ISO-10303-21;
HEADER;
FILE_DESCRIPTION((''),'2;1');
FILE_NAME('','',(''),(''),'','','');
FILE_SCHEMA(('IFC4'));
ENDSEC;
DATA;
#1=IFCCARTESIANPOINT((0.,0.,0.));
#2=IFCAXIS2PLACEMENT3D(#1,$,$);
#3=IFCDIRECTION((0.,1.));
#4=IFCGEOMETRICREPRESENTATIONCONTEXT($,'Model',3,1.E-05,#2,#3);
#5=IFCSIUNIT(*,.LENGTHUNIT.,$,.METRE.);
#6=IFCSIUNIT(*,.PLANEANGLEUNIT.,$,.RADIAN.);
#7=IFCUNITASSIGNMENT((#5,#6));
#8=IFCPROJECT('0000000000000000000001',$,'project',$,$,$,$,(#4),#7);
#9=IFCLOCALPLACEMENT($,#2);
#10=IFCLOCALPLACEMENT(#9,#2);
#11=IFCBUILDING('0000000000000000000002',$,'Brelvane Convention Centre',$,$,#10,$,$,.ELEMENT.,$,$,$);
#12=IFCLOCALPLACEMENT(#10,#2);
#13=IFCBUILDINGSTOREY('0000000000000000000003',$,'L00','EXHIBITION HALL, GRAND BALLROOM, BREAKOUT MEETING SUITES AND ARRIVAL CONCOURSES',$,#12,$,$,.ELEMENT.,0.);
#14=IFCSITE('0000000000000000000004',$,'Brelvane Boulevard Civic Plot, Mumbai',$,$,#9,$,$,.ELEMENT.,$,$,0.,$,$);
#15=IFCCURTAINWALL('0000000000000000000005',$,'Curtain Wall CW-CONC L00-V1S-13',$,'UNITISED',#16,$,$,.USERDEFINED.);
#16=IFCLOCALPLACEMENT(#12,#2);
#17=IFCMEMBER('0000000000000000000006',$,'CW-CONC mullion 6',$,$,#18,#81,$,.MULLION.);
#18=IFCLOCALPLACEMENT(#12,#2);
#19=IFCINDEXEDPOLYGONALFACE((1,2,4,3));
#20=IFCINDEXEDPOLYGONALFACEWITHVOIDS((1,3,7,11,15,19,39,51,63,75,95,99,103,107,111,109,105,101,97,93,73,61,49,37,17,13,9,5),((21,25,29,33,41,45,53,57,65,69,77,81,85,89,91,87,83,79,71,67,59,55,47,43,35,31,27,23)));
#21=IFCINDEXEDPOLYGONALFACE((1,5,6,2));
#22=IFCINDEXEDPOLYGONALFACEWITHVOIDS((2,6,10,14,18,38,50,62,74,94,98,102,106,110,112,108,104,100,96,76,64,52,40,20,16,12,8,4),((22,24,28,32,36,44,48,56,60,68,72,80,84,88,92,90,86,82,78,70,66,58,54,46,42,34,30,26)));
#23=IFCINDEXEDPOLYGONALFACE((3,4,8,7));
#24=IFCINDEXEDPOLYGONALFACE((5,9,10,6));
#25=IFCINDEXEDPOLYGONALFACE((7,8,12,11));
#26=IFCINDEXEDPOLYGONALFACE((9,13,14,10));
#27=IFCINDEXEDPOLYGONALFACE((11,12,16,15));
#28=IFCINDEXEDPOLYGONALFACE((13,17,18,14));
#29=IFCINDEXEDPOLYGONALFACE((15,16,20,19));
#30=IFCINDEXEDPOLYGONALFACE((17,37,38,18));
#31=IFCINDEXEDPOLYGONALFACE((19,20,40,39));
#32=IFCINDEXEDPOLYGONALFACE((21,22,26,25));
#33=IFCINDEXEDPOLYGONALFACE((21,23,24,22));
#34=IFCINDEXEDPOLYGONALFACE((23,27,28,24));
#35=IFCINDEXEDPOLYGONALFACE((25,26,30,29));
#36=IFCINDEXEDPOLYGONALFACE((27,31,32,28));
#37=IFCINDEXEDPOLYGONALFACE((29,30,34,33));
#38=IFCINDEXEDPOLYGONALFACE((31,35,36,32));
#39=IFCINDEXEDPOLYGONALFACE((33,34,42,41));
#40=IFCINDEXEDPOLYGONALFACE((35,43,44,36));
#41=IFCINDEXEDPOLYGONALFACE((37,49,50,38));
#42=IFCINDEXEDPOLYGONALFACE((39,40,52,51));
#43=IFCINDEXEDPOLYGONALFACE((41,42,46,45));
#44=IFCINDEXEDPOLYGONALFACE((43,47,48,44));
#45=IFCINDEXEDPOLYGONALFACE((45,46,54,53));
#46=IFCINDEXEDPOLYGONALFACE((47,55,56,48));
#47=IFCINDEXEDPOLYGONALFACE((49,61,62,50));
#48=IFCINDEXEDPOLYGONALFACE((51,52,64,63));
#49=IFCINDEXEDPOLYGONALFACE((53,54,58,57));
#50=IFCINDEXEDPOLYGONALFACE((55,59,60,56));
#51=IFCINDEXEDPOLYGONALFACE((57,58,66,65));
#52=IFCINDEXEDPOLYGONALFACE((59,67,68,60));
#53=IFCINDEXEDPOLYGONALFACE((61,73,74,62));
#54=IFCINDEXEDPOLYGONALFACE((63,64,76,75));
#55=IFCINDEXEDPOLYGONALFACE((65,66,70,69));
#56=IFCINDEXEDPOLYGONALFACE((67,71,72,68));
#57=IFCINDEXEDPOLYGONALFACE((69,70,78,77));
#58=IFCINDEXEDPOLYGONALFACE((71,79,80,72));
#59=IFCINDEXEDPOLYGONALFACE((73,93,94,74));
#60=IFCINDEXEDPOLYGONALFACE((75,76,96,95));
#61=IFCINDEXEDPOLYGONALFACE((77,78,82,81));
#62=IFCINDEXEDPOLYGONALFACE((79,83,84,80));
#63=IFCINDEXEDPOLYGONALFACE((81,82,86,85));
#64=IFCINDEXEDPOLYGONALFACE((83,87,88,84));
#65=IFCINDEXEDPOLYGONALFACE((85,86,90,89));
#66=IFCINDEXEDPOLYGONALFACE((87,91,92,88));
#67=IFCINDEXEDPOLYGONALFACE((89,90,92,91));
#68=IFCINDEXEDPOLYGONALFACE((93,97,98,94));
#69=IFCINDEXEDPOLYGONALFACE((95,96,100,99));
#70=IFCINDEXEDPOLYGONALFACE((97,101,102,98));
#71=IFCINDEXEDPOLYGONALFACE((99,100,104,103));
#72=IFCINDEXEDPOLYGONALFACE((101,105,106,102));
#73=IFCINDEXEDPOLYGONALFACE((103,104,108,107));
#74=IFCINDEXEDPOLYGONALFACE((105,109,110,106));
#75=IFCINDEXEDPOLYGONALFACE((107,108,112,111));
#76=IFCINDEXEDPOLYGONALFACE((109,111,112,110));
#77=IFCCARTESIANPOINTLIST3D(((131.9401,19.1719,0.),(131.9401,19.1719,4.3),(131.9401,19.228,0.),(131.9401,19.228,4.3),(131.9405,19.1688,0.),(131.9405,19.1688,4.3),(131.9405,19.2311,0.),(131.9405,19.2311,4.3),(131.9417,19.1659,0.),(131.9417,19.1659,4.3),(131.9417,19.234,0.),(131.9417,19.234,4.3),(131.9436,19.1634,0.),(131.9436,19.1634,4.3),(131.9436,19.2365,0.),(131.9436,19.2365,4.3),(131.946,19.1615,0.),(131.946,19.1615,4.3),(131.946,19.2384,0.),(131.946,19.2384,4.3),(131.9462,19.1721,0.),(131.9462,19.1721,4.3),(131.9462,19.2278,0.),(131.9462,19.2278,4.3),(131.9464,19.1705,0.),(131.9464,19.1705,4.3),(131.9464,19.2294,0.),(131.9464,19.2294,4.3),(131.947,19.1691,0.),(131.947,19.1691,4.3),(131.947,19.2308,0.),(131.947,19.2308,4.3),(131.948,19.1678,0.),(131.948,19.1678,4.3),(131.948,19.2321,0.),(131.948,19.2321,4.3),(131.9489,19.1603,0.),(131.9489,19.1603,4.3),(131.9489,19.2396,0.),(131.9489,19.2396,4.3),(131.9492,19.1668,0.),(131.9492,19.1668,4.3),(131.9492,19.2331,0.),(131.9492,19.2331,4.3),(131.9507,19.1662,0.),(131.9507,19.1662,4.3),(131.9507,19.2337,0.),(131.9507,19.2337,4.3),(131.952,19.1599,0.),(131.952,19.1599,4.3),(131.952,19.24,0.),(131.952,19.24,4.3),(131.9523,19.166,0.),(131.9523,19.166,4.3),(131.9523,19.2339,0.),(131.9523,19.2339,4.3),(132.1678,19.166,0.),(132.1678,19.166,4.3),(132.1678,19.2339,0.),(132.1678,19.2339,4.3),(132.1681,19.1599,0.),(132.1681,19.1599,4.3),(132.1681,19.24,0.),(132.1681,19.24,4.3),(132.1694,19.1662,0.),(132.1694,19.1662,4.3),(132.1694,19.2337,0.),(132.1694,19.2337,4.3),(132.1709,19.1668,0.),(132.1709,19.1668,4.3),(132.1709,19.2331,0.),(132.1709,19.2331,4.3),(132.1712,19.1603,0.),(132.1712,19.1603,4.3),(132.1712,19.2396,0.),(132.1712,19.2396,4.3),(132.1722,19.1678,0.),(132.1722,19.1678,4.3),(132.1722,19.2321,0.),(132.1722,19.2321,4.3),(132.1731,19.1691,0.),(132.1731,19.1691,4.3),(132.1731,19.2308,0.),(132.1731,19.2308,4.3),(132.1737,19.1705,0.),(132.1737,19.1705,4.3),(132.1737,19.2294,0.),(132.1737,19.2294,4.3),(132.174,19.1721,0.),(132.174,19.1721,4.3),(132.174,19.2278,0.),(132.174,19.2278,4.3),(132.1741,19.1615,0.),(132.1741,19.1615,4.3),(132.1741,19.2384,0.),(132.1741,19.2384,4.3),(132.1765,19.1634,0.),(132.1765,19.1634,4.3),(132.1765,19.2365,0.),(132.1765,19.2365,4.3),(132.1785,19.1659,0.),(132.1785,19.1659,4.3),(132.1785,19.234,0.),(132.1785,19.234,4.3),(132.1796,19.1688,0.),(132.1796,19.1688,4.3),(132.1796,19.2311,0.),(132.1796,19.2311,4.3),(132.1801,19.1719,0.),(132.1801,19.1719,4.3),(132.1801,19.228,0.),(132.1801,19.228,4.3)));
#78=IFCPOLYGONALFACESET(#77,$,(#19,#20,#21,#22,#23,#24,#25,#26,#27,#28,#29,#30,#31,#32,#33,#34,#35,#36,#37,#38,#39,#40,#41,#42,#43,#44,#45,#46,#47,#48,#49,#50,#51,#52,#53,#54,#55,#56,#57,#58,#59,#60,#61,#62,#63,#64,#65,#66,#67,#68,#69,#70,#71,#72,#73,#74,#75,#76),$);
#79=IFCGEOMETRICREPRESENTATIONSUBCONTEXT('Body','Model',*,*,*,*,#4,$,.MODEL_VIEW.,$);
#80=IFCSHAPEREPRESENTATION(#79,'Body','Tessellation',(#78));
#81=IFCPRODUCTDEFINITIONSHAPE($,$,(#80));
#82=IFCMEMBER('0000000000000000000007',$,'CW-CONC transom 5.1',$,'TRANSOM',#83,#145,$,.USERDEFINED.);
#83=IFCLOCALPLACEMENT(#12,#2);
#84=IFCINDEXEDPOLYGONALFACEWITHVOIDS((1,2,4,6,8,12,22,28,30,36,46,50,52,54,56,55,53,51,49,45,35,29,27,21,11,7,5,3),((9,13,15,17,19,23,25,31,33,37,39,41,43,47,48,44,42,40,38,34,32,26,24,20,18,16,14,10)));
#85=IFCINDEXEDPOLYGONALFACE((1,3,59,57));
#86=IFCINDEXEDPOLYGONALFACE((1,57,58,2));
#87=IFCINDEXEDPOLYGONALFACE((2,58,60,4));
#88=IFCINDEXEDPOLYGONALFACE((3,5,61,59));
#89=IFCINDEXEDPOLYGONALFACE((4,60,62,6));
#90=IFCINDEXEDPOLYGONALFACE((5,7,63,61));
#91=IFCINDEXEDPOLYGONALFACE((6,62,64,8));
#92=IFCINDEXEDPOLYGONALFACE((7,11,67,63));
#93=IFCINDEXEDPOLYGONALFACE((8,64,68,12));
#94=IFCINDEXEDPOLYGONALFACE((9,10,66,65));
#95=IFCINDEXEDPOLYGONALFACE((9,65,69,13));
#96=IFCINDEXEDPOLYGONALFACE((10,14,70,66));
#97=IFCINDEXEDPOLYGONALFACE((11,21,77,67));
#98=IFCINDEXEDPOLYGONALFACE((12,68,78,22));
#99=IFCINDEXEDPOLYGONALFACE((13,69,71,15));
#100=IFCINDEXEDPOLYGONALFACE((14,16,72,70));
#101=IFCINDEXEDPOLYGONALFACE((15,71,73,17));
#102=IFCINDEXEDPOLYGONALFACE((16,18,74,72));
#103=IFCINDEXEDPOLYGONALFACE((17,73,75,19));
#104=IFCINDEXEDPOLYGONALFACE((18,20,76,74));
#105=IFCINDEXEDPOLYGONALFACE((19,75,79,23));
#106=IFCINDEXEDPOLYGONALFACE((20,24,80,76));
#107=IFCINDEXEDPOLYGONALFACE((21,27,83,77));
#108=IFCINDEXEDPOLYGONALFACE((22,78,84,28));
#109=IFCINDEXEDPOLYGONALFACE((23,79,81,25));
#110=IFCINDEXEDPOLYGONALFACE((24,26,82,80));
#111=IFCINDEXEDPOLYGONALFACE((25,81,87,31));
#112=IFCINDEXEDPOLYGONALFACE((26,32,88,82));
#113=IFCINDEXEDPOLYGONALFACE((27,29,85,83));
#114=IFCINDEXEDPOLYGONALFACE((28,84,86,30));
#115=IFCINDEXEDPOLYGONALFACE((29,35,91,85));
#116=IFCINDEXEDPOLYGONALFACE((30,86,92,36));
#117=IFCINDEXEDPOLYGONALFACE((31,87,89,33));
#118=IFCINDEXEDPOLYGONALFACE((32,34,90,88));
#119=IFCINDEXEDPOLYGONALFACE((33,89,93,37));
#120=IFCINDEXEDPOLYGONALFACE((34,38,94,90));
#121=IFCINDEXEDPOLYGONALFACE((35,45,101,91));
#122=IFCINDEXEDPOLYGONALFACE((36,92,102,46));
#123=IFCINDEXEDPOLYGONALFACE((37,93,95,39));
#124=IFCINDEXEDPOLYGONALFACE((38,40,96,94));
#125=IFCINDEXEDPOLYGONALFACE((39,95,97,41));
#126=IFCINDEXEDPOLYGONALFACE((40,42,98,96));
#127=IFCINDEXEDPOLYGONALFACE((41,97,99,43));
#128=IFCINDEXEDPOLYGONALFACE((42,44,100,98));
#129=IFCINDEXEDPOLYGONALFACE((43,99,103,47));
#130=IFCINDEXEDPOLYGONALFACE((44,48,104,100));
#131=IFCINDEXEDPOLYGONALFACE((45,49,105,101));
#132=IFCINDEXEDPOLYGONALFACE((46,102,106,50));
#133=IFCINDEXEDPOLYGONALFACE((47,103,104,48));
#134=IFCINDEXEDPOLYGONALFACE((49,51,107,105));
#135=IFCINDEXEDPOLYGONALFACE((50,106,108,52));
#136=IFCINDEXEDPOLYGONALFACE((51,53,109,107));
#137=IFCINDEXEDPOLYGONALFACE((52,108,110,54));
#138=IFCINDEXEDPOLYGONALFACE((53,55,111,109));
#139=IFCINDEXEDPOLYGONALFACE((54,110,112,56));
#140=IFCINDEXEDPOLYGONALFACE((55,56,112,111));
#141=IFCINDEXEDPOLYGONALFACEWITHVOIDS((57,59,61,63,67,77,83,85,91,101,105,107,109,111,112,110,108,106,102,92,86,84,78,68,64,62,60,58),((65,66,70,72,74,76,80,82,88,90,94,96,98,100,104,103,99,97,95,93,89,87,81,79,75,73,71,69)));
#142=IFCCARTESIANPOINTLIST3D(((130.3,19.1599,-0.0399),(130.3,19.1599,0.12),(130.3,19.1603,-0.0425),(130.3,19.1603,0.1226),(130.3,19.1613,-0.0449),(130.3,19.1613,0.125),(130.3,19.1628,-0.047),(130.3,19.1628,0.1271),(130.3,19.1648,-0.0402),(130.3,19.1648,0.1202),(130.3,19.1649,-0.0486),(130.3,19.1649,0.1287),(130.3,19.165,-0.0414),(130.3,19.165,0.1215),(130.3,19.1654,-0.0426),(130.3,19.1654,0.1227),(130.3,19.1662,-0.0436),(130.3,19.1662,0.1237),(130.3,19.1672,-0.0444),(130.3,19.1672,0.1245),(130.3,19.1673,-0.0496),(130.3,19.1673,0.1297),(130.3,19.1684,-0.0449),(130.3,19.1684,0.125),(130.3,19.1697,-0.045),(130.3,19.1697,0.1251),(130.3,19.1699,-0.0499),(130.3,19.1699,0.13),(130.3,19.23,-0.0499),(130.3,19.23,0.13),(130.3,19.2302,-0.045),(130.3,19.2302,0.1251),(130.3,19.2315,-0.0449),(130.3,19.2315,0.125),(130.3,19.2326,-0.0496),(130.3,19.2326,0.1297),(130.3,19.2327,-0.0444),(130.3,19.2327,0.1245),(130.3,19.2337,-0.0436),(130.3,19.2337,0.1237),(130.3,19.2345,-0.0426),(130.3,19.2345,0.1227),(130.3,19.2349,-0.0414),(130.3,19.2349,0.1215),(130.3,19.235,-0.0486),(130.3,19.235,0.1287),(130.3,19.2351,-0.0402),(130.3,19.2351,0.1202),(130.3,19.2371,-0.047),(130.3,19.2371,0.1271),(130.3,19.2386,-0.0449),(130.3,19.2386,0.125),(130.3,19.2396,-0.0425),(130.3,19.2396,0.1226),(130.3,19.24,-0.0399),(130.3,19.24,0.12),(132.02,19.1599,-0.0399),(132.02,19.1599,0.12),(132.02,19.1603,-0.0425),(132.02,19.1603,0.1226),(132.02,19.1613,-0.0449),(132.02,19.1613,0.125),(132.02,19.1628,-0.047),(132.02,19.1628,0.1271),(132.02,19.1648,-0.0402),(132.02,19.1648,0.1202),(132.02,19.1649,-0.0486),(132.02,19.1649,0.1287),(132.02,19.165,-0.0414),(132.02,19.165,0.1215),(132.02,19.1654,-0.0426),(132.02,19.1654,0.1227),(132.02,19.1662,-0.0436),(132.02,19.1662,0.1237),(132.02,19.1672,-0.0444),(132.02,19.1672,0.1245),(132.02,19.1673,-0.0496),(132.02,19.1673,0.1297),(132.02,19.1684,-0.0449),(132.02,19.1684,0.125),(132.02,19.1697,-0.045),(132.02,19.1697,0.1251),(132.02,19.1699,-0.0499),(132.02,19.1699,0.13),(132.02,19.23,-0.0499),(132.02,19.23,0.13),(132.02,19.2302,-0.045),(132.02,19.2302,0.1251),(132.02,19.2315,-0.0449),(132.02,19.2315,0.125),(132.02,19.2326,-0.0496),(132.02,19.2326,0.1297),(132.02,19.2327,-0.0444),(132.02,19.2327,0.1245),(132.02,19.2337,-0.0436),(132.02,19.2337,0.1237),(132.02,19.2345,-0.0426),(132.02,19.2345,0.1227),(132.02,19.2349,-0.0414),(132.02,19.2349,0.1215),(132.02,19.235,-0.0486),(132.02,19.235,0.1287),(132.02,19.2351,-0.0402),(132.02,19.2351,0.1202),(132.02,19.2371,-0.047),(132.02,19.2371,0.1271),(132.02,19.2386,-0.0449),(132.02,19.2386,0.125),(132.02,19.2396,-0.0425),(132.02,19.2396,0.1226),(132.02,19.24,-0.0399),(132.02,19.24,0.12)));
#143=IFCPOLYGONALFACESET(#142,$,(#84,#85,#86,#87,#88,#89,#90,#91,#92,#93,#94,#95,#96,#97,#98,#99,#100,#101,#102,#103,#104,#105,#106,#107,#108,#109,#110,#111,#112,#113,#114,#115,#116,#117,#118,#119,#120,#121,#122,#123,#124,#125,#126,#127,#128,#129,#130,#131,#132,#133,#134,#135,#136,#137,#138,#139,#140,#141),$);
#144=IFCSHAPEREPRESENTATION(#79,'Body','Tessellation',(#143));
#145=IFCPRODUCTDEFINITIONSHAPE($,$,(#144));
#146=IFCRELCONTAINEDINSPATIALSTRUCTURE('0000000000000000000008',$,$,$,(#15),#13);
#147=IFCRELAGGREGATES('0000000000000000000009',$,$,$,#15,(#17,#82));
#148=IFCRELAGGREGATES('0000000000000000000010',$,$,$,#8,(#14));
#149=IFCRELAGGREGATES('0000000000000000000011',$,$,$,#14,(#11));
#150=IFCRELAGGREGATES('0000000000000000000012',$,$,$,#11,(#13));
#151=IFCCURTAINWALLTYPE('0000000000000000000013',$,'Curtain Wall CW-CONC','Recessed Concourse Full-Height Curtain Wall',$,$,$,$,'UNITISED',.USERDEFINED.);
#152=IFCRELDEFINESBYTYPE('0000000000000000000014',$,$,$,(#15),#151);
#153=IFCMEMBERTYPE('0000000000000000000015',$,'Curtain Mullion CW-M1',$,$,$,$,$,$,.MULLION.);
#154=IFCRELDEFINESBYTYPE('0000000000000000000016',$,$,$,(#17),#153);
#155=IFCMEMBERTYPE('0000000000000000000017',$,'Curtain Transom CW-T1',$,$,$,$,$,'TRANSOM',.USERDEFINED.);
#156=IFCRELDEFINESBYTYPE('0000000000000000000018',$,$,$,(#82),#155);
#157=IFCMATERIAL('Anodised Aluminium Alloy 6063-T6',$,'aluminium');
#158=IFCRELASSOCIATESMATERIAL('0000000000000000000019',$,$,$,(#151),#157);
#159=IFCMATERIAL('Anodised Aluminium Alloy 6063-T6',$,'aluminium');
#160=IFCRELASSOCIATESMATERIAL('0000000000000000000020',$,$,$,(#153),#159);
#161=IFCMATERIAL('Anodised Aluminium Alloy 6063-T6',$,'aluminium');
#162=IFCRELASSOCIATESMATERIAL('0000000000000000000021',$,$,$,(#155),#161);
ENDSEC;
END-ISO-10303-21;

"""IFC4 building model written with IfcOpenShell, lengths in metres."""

from ifc_helpers import new_model, si_unit, direction, frame, origin, origin_2d, place, context, subcontext, project, spatial, hollow_rectangle, extrude, material, material_profile, profile_set, type_object, element, aggregate, save


model = new_model("IFC4")

# Units and contexts
model_context = context("Model", 3, precision=1e-05, world=origin(), true_north=direction((0.0, 1.0)))
body_context = subcontext(model_context, "Body", "Model", "MODEL_VIEW")
ifc_project = project(units=[si_unit("LENGTHUNIT", "METRE"), si_unit("PLANEANGLEUNIT", "RADIAN")], contexts=[model_context])

# Site, building, storey
site_placement = place(None, origin())
site = spatial("IfcSite", under=ifc_project, at=site_placement, Name="Brelvane Boulevard Civic Plot, Mumbai", CompositionType="ELEMENT", RefElevation=0.0)
building_placement = place(site_placement, origin())
building = spatial("IfcBuilding", under=site, at=building_placement, Name="Brelvane Convention Centre", CompositionType="ELEMENT")
storey_placement = place(building_placement, origin())
storey = spatial("IfcBuildingStorey", under=building, at=storey_placement, Name="L00", Description="EXHIBITION HALL, GRAND BALLROOM, BREAKOUT MEETING SUITES AND ARRIVAL CONCOURSES", CompositionType="ELEMENT", Elevation=0.0)

# Curtain wall, members
ifc_material_1 = material(Name="Anodised Aluminium Alloy 6063-T6", Category="aluminium")
curtain_wall_type = type_object("IfcCurtainWallType", Name="Curtain Wall CW-CONC", Description="Recessed Concourse Full-Height Curtain Wall", ElementType="UNITISED", PredefinedType="USERDEFINED", material=ifc_material_1)
curtain_wall_placement = place(storey_placement, origin())
curtain_wall = element("IfcCurtainWall", 1, at=curtain_wall_placement, inside=storey, type_object=curtain_wall_type, Name="Curtain Wall CW-CONC L00-V1S-13", ObjectType="UNITISED", PredefinedType="USERDEFINED")
ifc_material_2 = material(Name="Anodised Aluminium Alloy 6063-T6", Category="aluminium")
ifc_material_profile_1 = material_profile(ifc_material_2, hollow_rectangle(XDim=0.0801, YDim=0.24, WallThickness=0.0061, InnerFilletRadius=0.0061, OuterFilletRadius=0.012, at=origin_2d()), Name="ALU-M 240x80x6.0")
ifc_profile_set_1 = profile_set([ifc_material_profile_1], Name="Anodised Aluminium Alloy 6063-T6")
member_type_1 = type_object("IfcMemberType", Name="Curtain Mullion CW-M1", PredefinedType="MULLION", material=ifc_profile_set_1)
member_1_placement = place(storey_placement, frame((132.0601, 19.2, 0.0), z_axis=(0.0, 0.0, 1.0), x_axis=(0.0, 1.0, 0.0)))
member_1 = element("IfcMember", 2, at=member_1_placement, type_object=member_type_1, Name="CW-CONC mullion 6", PredefinedType="MULLION", context=body_context, shape_type="SweptSolid", body=[
    extrude(hollow_rectangle(XDim=0.0801, YDim=0.24, WallThickness=0.0061, InnerFilletRadius=0.0061, OuterFilletRadius=0.012, at=origin_2d()), origin(), (0.0, 0.0, 1.0), 4.3),
])
ifc_material_3 = material(Name="Anodised Aluminium Alloy 6063-T6", Category="aluminium")
ifc_material_profile_2 = material_profile(ifc_material_3, hollow_rectangle(XDim=0.0801, YDim=0.1799, WallThickness=0.0049, InnerFilletRadius=0.0049, OuterFilletRadius=0.01, at=origin_2d()), Name="ALU-T 180x80x5.0")
ifc_profile_set_2 = profile_set([ifc_material_profile_2], Name="Anodised Aluminium Alloy 6063-T6")
member_type_2 = type_object("IfcMemberType", Name="Curtain Transom CW-T1", ElementType="TRANSOM", PredefinedType="USERDEFINED", material=ifc_profile_set_2)
member_2_placement = place(storey_placement, frame((130.3, 19.2, 0.04), z_axis=(1.0, 0.0, 0.0), x_axis=(0.0, 1.0, 0.0)))
member_2 = element("IfcMember", 3, at=member_2_placement, type_object=member_type_2, Name="CW-CONC transom 5.1", ObjectType="TRANSOM", PredefinedType="USERDEFINED", context=body_context, shape_type="SweptSolid", body=[
    extrude(hollow_rectangle(XDim=0.0801, YDim=0.1799, WallThickness=0.0049, InnerFilletRadius=0.0049, OuterFilletRadius=0.01, at=origin_2d()), origin(), (0.0, 0.0, 1.0), 1.72),
])

aggregate(curtain_wall, [member_1, member_2])

save(model, "model.ifc")
